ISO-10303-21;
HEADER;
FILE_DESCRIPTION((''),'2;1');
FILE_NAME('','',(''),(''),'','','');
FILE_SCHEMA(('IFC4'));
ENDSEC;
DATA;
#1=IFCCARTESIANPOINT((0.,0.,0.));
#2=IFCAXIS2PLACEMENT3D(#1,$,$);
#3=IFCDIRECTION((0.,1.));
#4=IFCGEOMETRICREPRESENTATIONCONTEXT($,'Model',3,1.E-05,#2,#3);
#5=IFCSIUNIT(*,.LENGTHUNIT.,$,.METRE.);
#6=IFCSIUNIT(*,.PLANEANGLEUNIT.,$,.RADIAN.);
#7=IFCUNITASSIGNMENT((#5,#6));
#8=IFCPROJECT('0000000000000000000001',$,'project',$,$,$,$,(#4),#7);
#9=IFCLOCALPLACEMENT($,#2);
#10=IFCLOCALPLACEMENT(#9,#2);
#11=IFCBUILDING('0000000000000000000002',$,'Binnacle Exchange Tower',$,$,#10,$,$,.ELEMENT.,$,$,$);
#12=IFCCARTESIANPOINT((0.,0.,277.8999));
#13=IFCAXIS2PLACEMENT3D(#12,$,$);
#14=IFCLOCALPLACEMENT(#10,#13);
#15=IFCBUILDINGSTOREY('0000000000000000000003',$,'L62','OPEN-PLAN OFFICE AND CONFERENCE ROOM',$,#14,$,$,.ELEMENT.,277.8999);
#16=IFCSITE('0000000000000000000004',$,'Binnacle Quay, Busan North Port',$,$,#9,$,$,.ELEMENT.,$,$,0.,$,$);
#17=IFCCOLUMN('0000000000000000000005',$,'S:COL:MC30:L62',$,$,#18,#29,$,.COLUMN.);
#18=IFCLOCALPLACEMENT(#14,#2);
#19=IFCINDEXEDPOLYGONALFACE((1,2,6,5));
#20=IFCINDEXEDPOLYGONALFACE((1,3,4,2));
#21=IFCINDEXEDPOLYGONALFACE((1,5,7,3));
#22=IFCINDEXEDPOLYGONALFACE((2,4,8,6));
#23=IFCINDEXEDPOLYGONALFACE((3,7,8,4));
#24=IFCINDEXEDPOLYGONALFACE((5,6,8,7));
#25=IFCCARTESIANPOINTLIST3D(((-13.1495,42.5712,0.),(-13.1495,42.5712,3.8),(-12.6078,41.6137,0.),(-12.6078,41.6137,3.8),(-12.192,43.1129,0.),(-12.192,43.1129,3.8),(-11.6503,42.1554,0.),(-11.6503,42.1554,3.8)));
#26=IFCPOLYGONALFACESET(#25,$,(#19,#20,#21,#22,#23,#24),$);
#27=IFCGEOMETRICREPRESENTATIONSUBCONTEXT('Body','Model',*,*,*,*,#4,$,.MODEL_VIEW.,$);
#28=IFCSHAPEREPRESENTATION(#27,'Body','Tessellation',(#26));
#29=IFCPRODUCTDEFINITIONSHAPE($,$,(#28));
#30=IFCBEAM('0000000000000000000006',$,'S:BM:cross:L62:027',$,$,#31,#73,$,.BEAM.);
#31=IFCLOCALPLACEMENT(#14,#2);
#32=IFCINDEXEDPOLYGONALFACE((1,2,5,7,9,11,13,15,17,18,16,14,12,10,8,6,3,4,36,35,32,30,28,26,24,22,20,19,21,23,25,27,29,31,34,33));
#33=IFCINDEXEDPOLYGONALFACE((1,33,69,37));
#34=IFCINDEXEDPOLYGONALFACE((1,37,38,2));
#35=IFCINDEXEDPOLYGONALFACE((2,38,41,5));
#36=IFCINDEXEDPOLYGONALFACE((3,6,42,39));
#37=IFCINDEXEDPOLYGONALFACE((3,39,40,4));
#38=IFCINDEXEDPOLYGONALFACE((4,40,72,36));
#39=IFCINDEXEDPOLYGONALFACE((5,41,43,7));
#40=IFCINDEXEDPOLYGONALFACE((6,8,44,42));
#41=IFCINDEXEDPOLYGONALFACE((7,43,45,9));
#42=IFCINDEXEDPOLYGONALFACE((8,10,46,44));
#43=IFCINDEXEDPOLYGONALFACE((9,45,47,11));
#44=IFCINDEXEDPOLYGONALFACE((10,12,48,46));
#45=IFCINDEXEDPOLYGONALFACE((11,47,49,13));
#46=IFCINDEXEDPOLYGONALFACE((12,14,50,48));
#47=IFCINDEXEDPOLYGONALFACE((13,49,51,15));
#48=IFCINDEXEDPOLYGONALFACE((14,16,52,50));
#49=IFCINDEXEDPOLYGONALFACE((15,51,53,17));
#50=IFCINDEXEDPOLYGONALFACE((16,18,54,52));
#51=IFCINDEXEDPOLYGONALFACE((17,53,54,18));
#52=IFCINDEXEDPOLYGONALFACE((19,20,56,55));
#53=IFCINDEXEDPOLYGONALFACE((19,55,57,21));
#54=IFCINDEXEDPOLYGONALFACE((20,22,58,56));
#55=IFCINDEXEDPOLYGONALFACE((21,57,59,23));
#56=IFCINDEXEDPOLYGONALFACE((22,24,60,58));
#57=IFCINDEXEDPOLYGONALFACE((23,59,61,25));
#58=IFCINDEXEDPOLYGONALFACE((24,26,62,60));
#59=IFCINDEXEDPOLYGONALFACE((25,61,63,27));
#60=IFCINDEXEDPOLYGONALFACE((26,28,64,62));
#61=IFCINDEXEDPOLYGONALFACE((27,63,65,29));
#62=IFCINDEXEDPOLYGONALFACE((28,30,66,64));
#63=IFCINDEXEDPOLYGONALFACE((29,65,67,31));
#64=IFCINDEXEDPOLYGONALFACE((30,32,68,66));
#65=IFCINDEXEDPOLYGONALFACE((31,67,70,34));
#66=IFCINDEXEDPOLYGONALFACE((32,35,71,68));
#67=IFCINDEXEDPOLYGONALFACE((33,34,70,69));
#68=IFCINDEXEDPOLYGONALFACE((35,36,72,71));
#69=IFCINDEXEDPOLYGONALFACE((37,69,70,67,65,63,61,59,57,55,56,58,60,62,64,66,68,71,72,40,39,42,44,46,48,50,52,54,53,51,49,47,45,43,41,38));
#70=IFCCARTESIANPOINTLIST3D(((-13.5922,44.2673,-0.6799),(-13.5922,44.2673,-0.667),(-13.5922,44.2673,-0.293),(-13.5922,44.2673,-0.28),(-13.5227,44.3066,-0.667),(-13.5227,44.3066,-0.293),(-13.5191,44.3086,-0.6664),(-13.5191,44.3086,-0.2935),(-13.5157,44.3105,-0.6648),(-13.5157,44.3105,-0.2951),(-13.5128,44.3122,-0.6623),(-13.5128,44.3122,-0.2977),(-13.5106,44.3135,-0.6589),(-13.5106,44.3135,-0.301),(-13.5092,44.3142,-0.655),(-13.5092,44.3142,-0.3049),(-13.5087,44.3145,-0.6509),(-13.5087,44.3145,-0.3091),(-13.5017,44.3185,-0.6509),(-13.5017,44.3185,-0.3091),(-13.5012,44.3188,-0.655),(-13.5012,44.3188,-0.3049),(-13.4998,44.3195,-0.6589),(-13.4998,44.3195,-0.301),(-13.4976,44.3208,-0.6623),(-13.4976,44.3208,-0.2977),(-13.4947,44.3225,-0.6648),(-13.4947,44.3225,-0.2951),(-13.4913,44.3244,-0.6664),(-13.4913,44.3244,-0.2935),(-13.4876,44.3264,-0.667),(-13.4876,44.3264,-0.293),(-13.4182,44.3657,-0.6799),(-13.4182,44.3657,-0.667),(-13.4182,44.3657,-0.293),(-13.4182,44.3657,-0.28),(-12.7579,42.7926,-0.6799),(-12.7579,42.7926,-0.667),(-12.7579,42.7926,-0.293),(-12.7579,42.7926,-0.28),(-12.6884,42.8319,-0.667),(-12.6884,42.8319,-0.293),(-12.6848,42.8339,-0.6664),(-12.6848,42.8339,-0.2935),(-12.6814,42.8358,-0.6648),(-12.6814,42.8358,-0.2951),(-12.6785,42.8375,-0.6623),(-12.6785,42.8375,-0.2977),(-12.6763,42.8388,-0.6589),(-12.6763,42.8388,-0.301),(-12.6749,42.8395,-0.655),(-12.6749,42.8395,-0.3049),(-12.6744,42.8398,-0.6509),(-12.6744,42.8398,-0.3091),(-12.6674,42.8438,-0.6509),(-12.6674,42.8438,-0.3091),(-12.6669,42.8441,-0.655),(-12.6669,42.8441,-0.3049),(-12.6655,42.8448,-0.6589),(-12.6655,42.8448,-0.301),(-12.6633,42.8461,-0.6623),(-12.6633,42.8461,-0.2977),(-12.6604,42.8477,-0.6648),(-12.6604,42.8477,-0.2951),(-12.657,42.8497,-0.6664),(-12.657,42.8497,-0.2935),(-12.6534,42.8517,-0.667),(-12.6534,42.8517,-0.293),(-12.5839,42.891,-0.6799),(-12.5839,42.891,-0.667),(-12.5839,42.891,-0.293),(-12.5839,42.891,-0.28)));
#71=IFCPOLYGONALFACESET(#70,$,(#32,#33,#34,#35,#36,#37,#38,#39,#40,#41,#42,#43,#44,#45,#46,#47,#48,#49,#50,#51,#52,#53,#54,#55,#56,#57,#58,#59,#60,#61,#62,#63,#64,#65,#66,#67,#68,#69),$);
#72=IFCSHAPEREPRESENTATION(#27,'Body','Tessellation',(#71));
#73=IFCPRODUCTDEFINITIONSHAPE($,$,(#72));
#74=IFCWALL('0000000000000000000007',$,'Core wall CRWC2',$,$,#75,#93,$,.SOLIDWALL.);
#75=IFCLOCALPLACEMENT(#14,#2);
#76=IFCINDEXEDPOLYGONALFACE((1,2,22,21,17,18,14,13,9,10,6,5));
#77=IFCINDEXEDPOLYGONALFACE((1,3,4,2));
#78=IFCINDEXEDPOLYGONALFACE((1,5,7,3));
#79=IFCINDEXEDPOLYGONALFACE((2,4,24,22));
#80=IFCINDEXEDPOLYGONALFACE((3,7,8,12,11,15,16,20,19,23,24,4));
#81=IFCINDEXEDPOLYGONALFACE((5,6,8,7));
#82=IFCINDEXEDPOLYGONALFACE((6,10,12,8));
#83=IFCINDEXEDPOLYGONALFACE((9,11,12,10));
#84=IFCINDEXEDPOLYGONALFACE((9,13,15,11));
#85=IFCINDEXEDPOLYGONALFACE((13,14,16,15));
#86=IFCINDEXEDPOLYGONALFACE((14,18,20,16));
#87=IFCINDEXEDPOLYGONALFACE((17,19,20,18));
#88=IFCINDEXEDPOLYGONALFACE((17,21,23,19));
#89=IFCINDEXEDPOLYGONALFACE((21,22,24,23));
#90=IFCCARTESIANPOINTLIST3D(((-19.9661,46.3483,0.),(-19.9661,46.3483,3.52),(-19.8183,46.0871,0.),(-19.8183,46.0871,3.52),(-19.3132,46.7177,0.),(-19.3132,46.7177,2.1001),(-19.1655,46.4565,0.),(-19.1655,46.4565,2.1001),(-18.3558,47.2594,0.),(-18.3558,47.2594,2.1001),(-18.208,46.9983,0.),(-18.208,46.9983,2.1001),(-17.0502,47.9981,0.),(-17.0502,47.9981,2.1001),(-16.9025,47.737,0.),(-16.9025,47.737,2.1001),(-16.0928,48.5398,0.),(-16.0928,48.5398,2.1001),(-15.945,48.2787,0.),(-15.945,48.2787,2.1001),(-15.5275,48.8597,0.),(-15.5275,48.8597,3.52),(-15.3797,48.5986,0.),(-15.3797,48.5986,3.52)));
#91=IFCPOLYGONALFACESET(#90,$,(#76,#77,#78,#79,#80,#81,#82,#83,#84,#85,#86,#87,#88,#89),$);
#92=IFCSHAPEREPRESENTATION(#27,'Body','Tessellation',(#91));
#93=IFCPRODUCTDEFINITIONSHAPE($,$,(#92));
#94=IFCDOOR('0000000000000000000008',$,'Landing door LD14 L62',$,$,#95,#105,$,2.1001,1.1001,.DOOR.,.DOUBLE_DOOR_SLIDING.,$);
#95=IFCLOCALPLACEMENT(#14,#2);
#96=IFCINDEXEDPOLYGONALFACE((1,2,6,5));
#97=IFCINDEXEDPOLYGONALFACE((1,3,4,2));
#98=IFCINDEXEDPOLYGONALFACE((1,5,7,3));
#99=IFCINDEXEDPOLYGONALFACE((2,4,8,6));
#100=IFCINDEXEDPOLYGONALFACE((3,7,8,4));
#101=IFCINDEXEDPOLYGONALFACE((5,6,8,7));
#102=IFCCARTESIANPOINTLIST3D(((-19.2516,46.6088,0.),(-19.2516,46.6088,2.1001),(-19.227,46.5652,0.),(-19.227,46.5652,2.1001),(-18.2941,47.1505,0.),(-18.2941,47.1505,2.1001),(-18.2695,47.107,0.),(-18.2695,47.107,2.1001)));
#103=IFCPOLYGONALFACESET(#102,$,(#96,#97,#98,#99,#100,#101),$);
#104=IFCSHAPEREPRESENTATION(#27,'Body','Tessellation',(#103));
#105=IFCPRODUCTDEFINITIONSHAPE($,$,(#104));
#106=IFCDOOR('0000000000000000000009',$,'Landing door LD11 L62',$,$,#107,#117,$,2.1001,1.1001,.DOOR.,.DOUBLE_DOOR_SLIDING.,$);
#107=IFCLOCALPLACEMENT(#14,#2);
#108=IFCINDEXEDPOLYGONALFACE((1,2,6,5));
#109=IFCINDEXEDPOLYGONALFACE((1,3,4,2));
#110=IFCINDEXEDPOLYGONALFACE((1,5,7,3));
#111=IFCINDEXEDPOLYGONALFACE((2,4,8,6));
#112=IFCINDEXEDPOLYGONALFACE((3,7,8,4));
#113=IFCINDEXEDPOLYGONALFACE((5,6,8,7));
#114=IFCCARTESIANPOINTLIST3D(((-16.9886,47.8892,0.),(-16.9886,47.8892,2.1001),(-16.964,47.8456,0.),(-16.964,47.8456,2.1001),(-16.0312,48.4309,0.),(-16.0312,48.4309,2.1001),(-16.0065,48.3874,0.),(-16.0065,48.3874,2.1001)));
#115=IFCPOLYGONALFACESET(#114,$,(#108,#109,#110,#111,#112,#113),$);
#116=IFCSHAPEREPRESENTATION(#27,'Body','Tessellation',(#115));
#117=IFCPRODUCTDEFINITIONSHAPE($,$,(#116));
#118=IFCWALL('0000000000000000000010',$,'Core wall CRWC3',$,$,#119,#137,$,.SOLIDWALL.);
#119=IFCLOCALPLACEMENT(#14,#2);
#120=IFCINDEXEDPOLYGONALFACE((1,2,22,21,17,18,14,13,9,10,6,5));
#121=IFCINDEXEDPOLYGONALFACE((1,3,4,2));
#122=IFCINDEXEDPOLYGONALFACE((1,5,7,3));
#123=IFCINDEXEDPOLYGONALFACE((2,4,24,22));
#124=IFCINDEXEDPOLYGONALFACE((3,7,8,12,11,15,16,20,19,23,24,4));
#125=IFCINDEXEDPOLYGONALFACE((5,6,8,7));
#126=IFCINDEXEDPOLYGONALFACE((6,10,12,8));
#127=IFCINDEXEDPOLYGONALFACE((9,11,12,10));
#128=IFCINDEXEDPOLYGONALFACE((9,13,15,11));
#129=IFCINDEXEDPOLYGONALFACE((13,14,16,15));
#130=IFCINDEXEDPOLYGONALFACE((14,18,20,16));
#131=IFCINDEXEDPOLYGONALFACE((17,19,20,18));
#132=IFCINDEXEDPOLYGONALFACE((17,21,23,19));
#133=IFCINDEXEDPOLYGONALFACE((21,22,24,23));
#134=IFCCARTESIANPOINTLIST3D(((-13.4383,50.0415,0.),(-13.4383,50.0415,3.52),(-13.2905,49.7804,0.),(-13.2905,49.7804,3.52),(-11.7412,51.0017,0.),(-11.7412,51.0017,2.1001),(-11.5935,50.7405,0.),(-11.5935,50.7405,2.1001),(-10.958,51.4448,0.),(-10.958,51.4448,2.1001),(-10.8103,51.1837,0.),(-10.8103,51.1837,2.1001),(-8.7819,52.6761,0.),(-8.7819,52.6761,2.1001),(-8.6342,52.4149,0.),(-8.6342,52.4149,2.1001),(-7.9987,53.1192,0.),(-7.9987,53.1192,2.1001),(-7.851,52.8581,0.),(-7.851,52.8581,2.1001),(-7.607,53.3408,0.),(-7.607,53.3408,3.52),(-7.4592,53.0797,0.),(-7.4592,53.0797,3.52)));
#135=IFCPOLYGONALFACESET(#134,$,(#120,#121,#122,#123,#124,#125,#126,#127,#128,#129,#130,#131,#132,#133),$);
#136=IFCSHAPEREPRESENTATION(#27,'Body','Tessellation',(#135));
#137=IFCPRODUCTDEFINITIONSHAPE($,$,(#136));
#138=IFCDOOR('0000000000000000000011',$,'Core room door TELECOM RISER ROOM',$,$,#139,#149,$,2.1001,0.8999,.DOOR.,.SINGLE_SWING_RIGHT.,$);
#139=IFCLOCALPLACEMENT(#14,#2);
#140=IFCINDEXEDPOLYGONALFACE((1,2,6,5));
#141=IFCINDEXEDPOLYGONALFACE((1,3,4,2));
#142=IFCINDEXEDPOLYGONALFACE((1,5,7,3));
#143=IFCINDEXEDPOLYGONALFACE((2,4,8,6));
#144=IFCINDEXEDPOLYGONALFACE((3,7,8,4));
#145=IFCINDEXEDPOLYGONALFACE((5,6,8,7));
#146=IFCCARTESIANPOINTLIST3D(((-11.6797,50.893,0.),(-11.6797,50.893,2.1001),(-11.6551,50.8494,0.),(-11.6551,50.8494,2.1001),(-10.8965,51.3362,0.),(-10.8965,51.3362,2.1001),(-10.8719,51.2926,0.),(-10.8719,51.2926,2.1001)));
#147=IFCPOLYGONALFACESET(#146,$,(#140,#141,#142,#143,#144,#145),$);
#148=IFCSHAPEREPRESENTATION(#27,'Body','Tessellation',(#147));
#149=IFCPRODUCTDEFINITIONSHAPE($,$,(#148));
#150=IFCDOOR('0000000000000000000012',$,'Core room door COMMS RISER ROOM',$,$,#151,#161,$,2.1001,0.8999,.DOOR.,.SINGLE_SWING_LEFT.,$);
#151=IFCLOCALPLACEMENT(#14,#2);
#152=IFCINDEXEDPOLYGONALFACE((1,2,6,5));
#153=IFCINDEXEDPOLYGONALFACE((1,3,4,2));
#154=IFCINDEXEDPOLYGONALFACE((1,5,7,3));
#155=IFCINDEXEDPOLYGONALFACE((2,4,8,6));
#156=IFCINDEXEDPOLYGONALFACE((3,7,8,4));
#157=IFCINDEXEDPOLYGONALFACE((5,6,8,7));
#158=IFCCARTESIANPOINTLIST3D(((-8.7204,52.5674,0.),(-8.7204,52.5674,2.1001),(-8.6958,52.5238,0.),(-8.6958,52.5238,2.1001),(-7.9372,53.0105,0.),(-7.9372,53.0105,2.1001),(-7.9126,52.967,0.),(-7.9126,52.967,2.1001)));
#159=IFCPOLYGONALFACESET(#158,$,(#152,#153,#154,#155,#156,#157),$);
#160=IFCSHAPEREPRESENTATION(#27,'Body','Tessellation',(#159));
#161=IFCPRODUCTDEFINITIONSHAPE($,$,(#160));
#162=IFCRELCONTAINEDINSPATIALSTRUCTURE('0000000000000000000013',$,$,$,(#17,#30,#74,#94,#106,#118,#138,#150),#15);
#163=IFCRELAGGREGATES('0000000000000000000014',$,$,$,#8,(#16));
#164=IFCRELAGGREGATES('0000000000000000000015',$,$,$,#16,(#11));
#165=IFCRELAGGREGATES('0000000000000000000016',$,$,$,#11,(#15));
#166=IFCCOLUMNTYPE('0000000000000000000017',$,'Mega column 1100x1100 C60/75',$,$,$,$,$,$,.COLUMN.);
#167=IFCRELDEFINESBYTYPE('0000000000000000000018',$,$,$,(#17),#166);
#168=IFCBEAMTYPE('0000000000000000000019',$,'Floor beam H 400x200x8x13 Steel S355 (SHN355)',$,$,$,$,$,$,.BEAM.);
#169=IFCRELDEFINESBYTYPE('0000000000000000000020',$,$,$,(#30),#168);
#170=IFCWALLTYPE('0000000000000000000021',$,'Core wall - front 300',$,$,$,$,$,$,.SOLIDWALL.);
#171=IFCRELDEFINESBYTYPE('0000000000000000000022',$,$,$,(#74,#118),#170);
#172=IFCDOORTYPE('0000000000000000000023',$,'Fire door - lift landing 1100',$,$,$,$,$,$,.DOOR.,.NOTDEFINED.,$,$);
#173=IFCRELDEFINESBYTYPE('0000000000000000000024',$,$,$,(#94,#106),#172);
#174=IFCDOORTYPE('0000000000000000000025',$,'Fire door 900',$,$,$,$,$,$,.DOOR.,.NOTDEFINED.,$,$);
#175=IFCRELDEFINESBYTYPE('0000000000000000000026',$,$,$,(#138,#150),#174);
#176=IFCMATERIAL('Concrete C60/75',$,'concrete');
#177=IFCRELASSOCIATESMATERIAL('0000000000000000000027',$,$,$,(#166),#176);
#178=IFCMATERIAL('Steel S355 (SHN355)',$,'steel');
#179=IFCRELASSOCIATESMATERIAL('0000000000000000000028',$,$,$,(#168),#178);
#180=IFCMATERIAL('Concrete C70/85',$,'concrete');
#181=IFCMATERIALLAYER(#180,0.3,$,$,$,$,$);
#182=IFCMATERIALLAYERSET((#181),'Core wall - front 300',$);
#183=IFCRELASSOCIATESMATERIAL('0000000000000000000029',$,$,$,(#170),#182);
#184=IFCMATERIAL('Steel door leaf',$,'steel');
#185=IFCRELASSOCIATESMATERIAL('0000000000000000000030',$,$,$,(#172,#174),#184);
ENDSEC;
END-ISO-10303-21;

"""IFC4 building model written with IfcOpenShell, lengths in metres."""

from ifc_helpers import new_model, si_unit, direction, frame, frame_2d, origin, origin_2d, place, context, subcontext, project, spatial, rectangle, i_section, extrude, material, layer, layer_set, material_profile, profile_set, type_object, element, fill, save


model = new_model("IFC4")

# Units and contexts
model_context = context("Model", 3, precision=1e-05, world=origin(), true_north=direction((0.0, 1.0)))
body_context = subcontext(model_context, "Body", "Model", "MODEL_VIEW")
ifc_project = project(units=[si_unit("LENGTHUNIT", "METRE"), si_unit("PLANEANGLEUNIT", "RADIAN")], contexts=[model_context])

# Site, building, storey
site_placement = place(None, origin())
site = spatial("IfcSite", under=ifc_project, at=site_placement, Name="Binnacle Quay, Busan North Port", CompositionType="ELEMENT", RefElevation=0.0)
building_placement = place(site_placement, origin())
building = spatial("IfcBuilding", under=site, at=building_placement, Name="Binnacle Exchange Tower", CompositionType="ELEMENT")
storey_placement = place(building_placement, frame((0.0, 0.0, 277.8999)))
storey = spatial("IfcBuildingStorey", under=building, at=storey_placement, Name="L62", Description="OPEN-PLAN OFFICE AND CONFERENCE ROOM", CompositionType="ELEMENT", Elevation=277.8999)

# Column
ifc_material_1 = material(Name="Concrete C60/75", Category="concrete")
ifc_material_profile_1 = material_profile(ifc_material_1, rectangle(XDim=1.1001, YDim=1.1001, at=origin_2d()), Name="Mega column 1100x1100 C60/75")
ifc_profile_set_1 = profile_set([ifc_material_profile_1], Name="Concrete C60/75")
column_type = type_object("IfcColumnType", Name="Mega column 1100x1100 C60/75", PredefinedType="COLUMN", material=ifc_profile_set_1)
column_placement = place(storey_placement, frame((-12.3999, 42.3633, 0.0), z_axis=(0.0, 0.0, 1.0), x_axis=(0.870356, 0.492424, 0.0)))
element("IfcColumn", 1, at=column_placement, inside=storey, type_object=column_type, Name="S:COL:MC30:L62", PredefinedType="COLUMN", context=body_context, shape_type="SweptSolid", body=[
    extrude(rectangle(XDim=1.1001, YDim=1.1001, at=origin_2d()), origin(), (0.0, 0.0, 1.0), 3.8),
])

# Beam
ifc_material_2 = material(Name="Steel S355 (SHN355)", Category="steel")
ifc_material_profile_2 = material_profile(ifc_material_2, i_section(OverallWidth=0.2, OverallDepth=0.3999, WebThickness=0.0081, FlangeThickness=0.0129, FilletRadius=0.0161, at=origin_2d()), Name="H 400x200x8x13")
ifc_profile_set_2 = profile_set([ifc_material_profile_2], Name="Steel S355 (SHN355)")
beam_type = type_object("IfcBeamType", Name="Floor beam H 400x200x8x13 Steel S355 (SHN355)", PredefinedType="BEAM", material=ifc_profile_set_2)
beam_placement = place(storey_placement, frame((-12.6709, 42.8418, -0.48), z_axis=(-0.492394, 0.870372, 0.0), x_axis=(-0.870372, -0.492394, 0.0)))
element("IfcBeam", 2, at=beam_placement, inside=storey, type_object=beam_type, Name="S:BM:cross:L62:027", PredefinedType="BEAM", context=body_context, shape_type="SweptSolid", body=[
    extrude(i_section(OverallWidth=0.2, OverallDepth=0.3999, WebThickness=0.0081, FlangeThickness=0.0129, FilletRadius=0.0161, at=origin_2d()), origin(), (0.0, 0.0, 1.0), 1.6943),
])

# Walls, openings, doors
ifc_material_3 = material(Name="Concrete C70/85", Category="concrete")
ifc_layer_1 = layer(ifc_material_3, 0.3)
ifc_layer_set_1 = layer_set([ifc_layer_1], Name="Core wall - front 300")
wall_type_1 = type_object("IfcWallType", Name="Core wall - front 300", PredefinedType="SOLIDWALL", material=ifc_layer_set_1)
wall_1_placement = place(storey_placement, frame((-19.8921, 46.2178, 0.0), z_axis=(0.0, 0.0, 1.0), x_axis=(0.870342, 0.492448, 0.0)))
wall_1 = element("IfcWall", 3, at=wall_1_placement, inside=storey, type_object=wall_type_1, Name="Core wall CRWC2", PredefinedType="SOLIDWALL", context=body_context, shape_type="SweptSolid", body=[
    extrude(rectangle(XDim=5.0999, YDim=0.3, at=frame_2d((2.5498, 0.0))), origin(), (0.0, 0.0, 1.0), 3.52),
])
opening_1_placement = place(wall_1_placement, frame((0.75, 0.0, 0.0)))
opening_1 = element("IfcOpeningElement", 4, at=opening_1_placement, cuts=wall_1, PredefinedType="OPENING", context=body_context, shape_type="SweptSolid", body=[
    extrude(rectangle(XDim=1.1001, YDim=2.1001, at=frame_2d((0.55, 1.05))), frame((0.0, 0.1599, 0.0), z_axis=(0.0, -1.0, 0.0), x_axis=(1.0, 0.0, 0.0)), (0.0, 0.0, 1.0), 0.3201),
])
opening_2_placement = place(wall_1_placement, frame((3.3501, 0.0, 0.0)))
opening_2 = element("IfcOpeningElement", 5, at=opening_2_placement, cuts=wall_1, PredefinedType="OPENING", context=body_context, shape_type="SweptSolid", body=[
    extrude(rectangle(XDim=1.1001, YDim=2.1001, at=frame_2d((0.55, 1.05))), frame((0.0, 0.1599, 0.0), z_axis=(0.0, -1.0, 0.0), x_axis=(1.0, 0.0, 0.0)), (0.0, 0.0, 1.0), 0.3201),
])
ifc_material_4 = material(Name="Steel door leaf", Category="steel")
door_type_1 = type_object("IfcDoorType", Name="Fire door - lift landing 1100", OperationType="NOTDEFINED", PredefinedType="DOOR", material=ifc_material_4)
door_1_placement = place(opening_1_placement, origin())
door_1 = element("IfcDoor", 6, at=door_1_placement, inside=storey, type_object=door_type_1, Name="Landing door LD14 L62", OperationType="DOUBLE_DOOR_SLIDING", OverallHeight=2.1001, OverallWidth=1.1001, PredefinedType="DOOR", context=body_context, shape_type="SweptSolid", body=[
    extrude(rectangle(XDim=1.1001, YDim=2.1001, at=frame_2d((0.55, 1.05))), frame((0.0, 0.0249, 0.0), z_axis=(0.0, -1.0, 0.0), x_axis=(1.0, 0.0, 0.0)), (0.0, 0.0, 1.0), 0.05),
])
fill(opening_1, door_1)
door_2_placement = place(opening_2_placement, origin())
door_2 = element("IfcDoor", 7, at=door_2_placement, inside=storey, type_object=door_type_1, Name="Landing door LD11 L62", OperationType="DOUBLE_DOOR_SLIDING", OverallHeight=2.1001, OverallWidth=1.1001, PredefinedType="DOOR", context=body_context, shape_type="SweptSolid", body=[
    extrude(rectangle(XDim=1.1001, YDim=2.1001, at=frame_2d((0.55, 1.05))), frame((0.0, 0.0249, 0.0), z_axis=(0.0, -1.0, 0.0), x_axis=(1.0, 0.0, 0.0)), (0.0, 0.0, 1.0), 0.05),
])
fill(opening_2, door_2)
wall_2_placement = place(storey_placement, frame((-13.3645, 49.9109, 0.0), z_axis=(0.0, 0.0, 1.0), x_axis=(0.870348, 0.492438, 0.0)))
wall_2 = element("IfcWall", 8, at=wall_2_placement, inside=storey, type_object=wall_type_1, Name="Core wall CRWC3", PredefinedType="SOLIDWALL", context=body_context, shape_type="SweptSolid", body=[
    extrude(rectangle(XDim=6.7, YDim=0.3, at=frame_2d((3.3501, 0.0))), origin(), (0.0, 0.0, 1.0), 3.52),
])
opening_3_placement = place(wall_2_placement, frame((1.95, 0.0, 0.0)))
opening_3 = element("IfcOpeningElement", 9, at=opening_3_placement, cuts=wall_2, PredefinedType="OPENING", context=body_context, shape_type="SweptSolid", body=[
    extrude(rectangle(XDim=0.8999, YDim=2.1001, at=frame_2d((0.45, 1.05))), frame((0.0, 0.1599, 0.0), z_axis=(0.0, -1.0, 0.0), x_axis=(1.0, 0.0, 0.0)), (0.0, 0.0, 1.0), 0.3201),
])
opening_4_placement = place(wall_2_placement, frame((5.3501, 0.0, 0.0)))
opening_4 = element("IfcOpeningElement", 10, at=opening_4_placement, cuts=wall_2, PredefinedType="OPENING", context=body_context, shape_type="SweptSolid", body=[
    extrude(rectangle(XDim=0.8999, YDim=2.1001, at=frame_2d((0.45, 1.05))), frame((0.0, 0.1599, 0.0), z_axis=(0.0, -1.0, 0.0), x_axis=(1.0, 0.0, 0.0)), (0.0, 0.0, 1.0), 0.3201),
])
door_type_2 = type_object("IfcDoorType", Name="Fire door 900", OperationType="NOTDEFINED", PredefinedType="DOOR", material=ifc_material_4)
door_3_placement = place(opening_3_placement, frame((0.8999, 0.0, 0.0), z_axis=(0.0, 0.0, 1.0), x_axis=(-1.0, 0.0, 0.0)))
door_3 = element("IfcDoor", 11, at=door_3_placement, inside=storey, type_object=door_type_2, Name="Core room door TELECOM RISER ROOM", OperationType="SINGLE_SWING_RIGHT", OverallHeight=2.1001, OverallWidth=0.8999, PredefinedType="DOOR", context=body_context, shape_type="SweptSolid", body=[
    extrude(rectangle(XDim=0.8999, YDim=2.1001, at=frame_2d((0.45, 1.05))), frame((0.0, 0.0249, 0.0), z_axis=(0.0, -1.0, 0.0), x_axis=(1.0, 0.0, 0.0)), (0.0, 0.0, 1.0), 0.05),
])
fill(opening_3, door_3)
door_4_placement = place(opening_4_placement, frame((0.8999, 0.0, 0.0), z_axis=(0.0, 0.0, 1.0), x_axis=(-1.0, 0.0, 0.0)))
door_4 = element("IfcDoor", 12, at=door_4_placement, inside=storey, type_object=door_type_2, Name="Core room door COMMS RISER ROOM", OperationType="SINGLE_SWING_LEFT", OverallHeight=2.1001, OverallWidth=0.8999, PredefinedType="DOOR", context=body_context, shape_type="SweptSolid", body=[
    extrude(rectangle(XDim=0.8999, YDim=2.1001, at=frame_2d((0.45, 1.05))), frame((0.0, 0.0249, 0.0), z_axis=(0.0, -1.0, 0.0), x_axis=(1.0, 0.0, 0.0)), (0.0, 0.0, 1.0), 0.05),
])
fill(opening_4, door_4)

save(model, "model.ifc")
